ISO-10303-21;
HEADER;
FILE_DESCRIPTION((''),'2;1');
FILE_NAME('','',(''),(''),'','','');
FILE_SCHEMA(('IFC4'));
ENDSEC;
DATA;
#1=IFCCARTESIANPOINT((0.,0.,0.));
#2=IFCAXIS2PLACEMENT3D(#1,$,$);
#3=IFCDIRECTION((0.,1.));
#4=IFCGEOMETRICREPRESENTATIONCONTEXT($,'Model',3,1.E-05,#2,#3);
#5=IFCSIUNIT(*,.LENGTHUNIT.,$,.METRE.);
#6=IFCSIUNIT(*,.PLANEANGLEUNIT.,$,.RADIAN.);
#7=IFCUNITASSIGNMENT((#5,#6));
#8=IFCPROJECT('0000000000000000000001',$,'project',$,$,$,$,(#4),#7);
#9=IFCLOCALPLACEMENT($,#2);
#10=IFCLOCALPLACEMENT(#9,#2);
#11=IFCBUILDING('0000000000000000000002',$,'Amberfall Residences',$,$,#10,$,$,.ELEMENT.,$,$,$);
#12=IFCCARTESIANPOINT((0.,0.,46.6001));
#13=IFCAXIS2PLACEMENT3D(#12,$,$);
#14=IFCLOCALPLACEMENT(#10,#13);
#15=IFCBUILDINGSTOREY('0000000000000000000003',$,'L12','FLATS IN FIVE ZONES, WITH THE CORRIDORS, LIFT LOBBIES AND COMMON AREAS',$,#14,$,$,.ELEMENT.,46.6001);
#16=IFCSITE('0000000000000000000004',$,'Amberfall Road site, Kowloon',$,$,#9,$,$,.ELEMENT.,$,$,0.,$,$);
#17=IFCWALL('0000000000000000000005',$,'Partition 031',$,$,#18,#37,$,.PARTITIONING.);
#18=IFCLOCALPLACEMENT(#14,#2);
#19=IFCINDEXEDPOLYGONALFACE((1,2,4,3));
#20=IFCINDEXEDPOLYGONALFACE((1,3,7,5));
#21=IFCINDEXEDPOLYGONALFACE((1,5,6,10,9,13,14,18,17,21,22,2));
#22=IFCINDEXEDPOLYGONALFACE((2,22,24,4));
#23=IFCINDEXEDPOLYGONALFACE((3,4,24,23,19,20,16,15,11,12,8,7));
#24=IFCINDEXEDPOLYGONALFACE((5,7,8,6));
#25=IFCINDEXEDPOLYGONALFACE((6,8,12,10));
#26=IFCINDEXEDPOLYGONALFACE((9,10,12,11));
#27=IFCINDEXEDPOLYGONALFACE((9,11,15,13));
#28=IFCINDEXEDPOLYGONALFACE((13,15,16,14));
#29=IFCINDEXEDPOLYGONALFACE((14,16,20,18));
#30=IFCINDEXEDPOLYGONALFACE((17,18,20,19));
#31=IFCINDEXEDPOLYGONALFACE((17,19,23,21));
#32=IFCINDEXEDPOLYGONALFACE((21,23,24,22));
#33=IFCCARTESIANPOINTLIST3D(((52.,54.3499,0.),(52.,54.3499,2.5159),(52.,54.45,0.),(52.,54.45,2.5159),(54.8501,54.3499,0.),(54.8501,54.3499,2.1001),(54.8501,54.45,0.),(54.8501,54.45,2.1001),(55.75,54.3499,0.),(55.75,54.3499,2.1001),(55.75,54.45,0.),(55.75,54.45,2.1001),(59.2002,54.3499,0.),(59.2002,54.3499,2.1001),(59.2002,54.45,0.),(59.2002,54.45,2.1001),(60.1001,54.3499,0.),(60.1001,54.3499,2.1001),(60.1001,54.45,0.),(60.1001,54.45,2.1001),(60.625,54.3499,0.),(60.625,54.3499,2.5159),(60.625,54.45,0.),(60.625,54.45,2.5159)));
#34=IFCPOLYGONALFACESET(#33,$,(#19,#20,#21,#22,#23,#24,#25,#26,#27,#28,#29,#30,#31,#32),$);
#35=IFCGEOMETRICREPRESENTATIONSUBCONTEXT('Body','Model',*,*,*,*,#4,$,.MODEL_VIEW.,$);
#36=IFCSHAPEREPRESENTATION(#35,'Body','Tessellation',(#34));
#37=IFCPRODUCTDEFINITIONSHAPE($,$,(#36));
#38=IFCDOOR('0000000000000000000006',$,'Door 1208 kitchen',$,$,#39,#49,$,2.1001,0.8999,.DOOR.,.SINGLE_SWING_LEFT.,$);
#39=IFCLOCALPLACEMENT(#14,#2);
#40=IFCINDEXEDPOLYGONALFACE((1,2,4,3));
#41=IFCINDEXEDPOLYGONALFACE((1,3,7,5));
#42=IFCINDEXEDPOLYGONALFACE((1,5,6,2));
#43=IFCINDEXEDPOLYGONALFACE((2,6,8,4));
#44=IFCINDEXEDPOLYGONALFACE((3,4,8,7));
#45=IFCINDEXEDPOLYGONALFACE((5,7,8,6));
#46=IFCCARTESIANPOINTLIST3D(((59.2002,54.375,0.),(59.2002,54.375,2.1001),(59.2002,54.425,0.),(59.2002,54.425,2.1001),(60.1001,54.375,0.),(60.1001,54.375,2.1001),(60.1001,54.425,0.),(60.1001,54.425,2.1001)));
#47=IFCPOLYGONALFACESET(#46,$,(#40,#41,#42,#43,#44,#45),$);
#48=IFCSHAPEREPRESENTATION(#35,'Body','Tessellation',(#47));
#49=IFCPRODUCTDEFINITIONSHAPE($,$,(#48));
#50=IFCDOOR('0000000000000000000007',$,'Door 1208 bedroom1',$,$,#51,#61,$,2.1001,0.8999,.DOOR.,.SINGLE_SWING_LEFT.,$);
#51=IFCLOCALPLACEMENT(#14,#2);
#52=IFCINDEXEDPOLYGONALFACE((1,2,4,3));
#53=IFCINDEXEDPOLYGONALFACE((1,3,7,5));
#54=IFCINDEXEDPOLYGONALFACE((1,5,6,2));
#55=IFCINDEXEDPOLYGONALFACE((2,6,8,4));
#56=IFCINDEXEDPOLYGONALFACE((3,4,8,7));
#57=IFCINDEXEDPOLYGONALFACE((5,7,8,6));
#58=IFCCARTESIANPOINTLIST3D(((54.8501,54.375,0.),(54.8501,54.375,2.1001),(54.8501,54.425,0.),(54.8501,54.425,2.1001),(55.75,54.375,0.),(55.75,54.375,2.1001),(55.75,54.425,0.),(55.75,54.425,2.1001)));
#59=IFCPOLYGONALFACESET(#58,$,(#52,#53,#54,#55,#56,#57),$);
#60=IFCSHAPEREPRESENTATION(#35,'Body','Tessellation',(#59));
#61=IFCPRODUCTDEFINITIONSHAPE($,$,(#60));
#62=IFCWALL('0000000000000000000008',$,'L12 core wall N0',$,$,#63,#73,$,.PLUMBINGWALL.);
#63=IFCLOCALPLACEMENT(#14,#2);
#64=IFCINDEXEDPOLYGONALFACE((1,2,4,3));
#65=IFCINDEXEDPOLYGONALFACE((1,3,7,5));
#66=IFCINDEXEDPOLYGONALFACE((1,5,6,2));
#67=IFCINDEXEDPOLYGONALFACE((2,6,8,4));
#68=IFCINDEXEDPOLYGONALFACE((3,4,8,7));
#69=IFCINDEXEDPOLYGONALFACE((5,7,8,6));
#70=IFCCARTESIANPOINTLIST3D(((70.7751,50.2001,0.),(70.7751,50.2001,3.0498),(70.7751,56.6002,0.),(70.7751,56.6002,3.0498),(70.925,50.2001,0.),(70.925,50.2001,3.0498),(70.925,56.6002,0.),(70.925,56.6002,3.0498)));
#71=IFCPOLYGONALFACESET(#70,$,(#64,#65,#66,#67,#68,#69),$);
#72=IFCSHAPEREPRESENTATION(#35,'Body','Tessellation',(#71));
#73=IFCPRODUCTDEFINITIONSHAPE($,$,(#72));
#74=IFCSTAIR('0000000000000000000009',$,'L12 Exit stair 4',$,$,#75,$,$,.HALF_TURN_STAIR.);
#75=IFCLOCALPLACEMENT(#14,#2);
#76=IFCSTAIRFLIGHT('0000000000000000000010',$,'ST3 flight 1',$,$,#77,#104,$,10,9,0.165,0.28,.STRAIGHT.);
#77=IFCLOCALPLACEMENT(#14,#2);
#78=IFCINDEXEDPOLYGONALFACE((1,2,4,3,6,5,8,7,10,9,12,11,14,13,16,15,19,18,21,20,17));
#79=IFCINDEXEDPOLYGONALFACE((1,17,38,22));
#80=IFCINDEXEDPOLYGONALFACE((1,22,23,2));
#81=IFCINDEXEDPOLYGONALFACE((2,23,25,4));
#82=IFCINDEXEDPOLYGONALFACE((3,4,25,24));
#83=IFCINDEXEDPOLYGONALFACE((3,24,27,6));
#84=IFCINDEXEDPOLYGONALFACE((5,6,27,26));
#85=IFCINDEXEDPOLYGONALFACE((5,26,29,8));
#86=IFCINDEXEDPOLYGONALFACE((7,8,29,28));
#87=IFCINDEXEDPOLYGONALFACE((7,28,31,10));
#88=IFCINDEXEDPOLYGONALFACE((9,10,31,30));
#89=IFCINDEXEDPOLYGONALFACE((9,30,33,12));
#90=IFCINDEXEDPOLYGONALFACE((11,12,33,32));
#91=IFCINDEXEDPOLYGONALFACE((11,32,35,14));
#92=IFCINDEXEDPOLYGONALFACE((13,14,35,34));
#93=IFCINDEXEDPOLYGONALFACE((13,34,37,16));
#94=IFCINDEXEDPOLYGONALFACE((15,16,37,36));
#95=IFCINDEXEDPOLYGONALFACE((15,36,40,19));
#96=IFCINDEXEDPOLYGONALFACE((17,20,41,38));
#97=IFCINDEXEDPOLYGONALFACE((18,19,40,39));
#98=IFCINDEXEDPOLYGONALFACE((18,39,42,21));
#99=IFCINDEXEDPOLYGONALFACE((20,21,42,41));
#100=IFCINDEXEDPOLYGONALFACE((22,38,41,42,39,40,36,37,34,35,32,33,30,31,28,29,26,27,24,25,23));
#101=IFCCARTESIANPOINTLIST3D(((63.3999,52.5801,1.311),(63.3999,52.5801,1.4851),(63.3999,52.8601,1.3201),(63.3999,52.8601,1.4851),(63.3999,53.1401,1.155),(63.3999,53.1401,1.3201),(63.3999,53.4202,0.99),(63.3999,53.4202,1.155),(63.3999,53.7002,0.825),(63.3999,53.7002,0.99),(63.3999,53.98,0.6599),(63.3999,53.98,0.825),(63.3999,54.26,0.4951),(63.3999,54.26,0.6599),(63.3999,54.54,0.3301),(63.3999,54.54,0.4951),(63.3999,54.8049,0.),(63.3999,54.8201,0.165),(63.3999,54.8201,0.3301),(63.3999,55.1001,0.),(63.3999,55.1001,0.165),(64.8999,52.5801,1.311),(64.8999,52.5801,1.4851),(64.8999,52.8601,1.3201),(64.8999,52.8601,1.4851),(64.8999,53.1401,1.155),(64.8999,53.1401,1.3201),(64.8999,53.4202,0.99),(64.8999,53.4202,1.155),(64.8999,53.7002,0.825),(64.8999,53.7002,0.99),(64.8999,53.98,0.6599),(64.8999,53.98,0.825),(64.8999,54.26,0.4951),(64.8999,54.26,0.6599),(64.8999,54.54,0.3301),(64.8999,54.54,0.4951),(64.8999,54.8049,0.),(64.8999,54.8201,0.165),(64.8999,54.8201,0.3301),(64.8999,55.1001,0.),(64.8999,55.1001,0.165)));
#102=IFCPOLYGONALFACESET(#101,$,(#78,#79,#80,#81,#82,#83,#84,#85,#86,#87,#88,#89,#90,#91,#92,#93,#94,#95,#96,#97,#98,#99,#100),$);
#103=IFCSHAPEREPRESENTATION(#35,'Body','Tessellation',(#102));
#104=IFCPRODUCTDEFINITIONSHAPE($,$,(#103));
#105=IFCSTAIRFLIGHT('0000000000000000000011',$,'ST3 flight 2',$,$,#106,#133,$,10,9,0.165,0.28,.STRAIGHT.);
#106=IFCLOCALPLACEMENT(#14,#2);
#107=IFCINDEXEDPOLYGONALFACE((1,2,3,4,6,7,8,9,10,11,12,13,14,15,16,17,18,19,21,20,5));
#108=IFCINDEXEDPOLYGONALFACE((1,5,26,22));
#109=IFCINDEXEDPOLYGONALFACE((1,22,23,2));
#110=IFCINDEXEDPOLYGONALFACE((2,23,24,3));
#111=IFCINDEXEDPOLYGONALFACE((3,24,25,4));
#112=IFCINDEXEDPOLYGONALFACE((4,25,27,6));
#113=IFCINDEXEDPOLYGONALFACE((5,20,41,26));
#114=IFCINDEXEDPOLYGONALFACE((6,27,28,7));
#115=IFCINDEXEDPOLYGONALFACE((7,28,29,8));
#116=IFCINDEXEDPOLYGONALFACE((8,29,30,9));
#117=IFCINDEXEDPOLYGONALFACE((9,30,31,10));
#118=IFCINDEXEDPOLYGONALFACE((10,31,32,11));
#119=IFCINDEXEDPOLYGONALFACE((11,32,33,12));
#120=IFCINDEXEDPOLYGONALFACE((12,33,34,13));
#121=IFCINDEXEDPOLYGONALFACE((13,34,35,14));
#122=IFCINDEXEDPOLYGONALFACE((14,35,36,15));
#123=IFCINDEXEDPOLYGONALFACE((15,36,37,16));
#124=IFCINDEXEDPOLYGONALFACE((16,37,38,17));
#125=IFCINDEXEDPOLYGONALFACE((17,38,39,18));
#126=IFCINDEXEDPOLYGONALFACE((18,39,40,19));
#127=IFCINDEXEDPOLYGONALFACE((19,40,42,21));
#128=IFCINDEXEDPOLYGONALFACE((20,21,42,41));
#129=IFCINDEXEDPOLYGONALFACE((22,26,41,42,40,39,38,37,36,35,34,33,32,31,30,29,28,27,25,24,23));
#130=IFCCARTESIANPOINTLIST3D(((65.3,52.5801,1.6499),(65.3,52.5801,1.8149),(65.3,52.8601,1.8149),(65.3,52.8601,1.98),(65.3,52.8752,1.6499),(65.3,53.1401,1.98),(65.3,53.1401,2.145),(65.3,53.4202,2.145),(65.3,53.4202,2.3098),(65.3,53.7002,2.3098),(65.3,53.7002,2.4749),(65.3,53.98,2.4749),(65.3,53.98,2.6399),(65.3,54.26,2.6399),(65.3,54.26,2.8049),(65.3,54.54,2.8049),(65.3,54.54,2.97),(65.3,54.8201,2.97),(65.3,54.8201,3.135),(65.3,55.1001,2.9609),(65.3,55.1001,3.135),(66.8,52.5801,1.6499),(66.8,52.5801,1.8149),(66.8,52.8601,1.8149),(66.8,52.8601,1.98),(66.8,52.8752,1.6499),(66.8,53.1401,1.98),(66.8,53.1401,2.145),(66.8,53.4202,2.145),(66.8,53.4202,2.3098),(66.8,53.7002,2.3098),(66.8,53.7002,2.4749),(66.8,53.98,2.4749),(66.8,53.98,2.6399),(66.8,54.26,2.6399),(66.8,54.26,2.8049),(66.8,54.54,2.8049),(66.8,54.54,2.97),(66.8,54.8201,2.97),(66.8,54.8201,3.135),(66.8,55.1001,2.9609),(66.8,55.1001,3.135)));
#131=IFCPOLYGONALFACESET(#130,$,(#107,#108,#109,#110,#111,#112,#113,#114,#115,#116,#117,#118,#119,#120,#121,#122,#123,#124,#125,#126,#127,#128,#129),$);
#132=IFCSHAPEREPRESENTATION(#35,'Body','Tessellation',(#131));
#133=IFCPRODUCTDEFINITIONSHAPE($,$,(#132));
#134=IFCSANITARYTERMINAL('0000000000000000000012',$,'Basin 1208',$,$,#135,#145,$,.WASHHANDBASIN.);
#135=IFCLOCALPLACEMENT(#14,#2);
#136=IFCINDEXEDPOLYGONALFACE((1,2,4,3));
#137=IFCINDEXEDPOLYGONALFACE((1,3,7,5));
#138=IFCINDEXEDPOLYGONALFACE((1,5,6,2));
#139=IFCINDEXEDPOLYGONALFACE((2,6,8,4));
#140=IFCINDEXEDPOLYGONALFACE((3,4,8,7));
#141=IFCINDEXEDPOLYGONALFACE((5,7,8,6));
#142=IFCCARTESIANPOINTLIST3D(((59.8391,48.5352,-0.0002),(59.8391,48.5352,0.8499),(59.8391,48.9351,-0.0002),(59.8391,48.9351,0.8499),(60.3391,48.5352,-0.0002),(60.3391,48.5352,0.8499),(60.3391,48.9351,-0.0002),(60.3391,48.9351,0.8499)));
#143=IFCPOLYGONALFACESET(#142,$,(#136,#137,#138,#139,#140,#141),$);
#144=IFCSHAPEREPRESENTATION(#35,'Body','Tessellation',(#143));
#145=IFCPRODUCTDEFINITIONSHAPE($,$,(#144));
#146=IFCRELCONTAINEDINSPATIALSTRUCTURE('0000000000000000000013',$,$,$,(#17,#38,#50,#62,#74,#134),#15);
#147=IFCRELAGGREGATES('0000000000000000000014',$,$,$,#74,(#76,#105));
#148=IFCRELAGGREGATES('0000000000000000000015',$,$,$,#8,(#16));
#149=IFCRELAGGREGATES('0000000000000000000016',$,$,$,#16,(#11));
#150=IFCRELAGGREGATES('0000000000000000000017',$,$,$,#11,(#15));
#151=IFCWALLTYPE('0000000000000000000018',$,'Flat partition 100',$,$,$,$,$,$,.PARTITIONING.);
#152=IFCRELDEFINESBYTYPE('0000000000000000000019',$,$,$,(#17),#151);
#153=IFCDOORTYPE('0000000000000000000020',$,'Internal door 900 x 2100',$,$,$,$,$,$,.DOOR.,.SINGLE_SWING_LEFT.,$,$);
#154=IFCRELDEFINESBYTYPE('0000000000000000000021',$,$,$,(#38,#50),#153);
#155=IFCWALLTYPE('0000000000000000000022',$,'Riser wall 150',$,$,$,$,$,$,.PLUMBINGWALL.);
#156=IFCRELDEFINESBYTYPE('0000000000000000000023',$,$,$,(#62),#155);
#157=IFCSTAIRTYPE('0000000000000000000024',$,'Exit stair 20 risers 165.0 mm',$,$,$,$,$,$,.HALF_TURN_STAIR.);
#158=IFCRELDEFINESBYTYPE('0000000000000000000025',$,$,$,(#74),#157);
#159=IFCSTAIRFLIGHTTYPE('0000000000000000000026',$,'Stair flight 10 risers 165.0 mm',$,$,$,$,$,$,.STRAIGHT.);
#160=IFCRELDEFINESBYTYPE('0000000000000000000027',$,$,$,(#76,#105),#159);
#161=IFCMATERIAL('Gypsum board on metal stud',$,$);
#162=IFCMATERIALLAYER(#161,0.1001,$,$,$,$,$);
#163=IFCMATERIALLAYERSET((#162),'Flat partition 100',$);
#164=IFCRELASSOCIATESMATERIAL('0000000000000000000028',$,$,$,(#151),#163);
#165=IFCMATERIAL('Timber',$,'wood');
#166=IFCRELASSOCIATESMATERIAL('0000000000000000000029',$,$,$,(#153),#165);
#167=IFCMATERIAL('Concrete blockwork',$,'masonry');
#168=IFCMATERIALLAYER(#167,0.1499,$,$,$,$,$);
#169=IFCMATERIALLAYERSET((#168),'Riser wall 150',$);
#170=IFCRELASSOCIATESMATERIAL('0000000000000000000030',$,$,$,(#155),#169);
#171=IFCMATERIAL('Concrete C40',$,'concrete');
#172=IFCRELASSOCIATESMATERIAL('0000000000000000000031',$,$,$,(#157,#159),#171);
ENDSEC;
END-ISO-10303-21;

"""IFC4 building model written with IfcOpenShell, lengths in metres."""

from ifc_helpers import new_model, si_unit, direction, frame, frame_2d, origin, origin_2d, place, context, subcontext, project, spatial, polyline, rectangle, outline, extrude, material, layer, layer_set, type_object, element, fill, aggregate, save


model = new_model("IFC4")

# Units and contexts
model_context = context("Model", 3, precision=1e-05, world=origin(), true_north=direction((0.0, 1.0)))
body_context = subcontext(model_context, "Body", "Model", "MODEL_VIEW")
ifc_project = project(units=[si_unit("LENGTHUNIT", "METRE"), si_unit("PLANEANGLEUNIT", "RADIAN")], contexts=[model_context])

# Site, building, storey
site_placement = place(None, origin())
site = spatial("IfcSite", under=ifc_project, at=site_placement, Name="Amberfall Road site, Kowloon", CompositionType="ELEMENT", RefElevation=0.0)
building_placement = place(site_placement, origin())
building = spatial("IfcBuilding", under=site, at=building_placement, Name="Amberfall Residences", CompositionType="ELEMENT")
storey_placement = place(building_placement, frame((0.0, 0.0, 46.6001)))
storey = spatial("IfcBuildingStorey", under=building, at=storey_placement, Name="L12", Description="FLATS IN FIVE ZONES, WITH THE CORRIDORS, LIFT LOBBIES AND COMMON AREAS", CompositionType="ELEMENT", Elevation=46.6001)

# Wall, openings, doors
ifc_material_1 = material(Name="Gypsum board on metal stud")
ifc_layer_1 = layer(ifc_material_1, 0.1001)
ifc_layer_set_1 = layer_set([ifc_layer_1], Name="Flat partition 100")
wall_type_1 = type_object("IfcWallType", Name="Flat partition 100", PredefinedType="PARTITIONING", material=ifc_layer_set_1)
wall_1_placement = place(storey_placement, frame((60.625, 54.3999, 0.0), z_axis=(0.0, 0.0, 1.0), x_axis=(-1.0, 0.0, 0.0)))
wall_1 = element("IfcWall", 1, at=wall_1_placement, inside=storey, type_object=wall_type_1, Name="Partition 031", PredefinedType="PARTITIONING", context=body_context, shape_type="SweptSolid", body=[
    extrude(rectangle(XDim=8.625, YDim=0.1001, at=frame_2d((4.3125, 0.0))), origin(), (0.0, 0.0, 1.0), 2.5159),
])
opening_1_placement = place(wall_1_placement, frame((0.5249, 0.0, 0.0)))
opening_1 = element("IfcOpeningElement", 2, at=opening_1_placement, cuts=wall_1, PredefinedType="OPENING", context=body_context, shape_type="SweptSolid", body=[
    extrude(rectangle(XDim=0.8999, YDim=2.1001, at=frame_2d((0.45, 1.05))), frame((0.0, 0.0601, 0.0), z_axis=(0.0, -1.0, 0.0), x_axis=(1.0, 0.0, 0.0)), (0.0, 0.0, 1.0), 0.1201),
])
opening_2_placement = place(wall_1_placement, frame((4.875, 0.0, 0.0)))
opening_2 = element("IfcOpeningElement", 3, at=opening_2_placement, cuts=wall_1, PredefinedType="OPENING", context=body_context, shape_type="SweptSolid", body=[
    extrude(rectangle(XDim=0.8999, YDim=2.1001, at=frame_2d((0.45, 1.05))), frame((0.0, 0.0601, 0.0), z_axis=(0.0, -1.0, 0.0), x_axis=(1.0, 0.0, 0.0)), (0.0, 0.0, 1.0), 0.1201),
])
ifc_material_2 = material(Name="Timber", Category="wood")
door_type_1 = type_object("IfcDoorType", Name="Internal door 900 x 2100", OperationType="SINGLE_SWING_LEFT", PredefinedType="DOOR", material=ifc_material_2)
door_1_placement = place(opening_1_placement, origin())
door_1 = element("IfcDoor", 4, at=door_1_placement, inside=storey, type_object=door_type_1, Name="Door 1208 kitchen", OperationType="SINGLE_SWING_LEFT", OverallHeight=2.1001, OverallWidth=0.8999, PredefinedType="DOOR", context=body_context, shape_type="SweptSolid", body=[
    extrude(rectangle(XDim=0.8999, YDim=2.1001, at=frame_2d((0.45, 1.05))), frame((0.0, 0.0249, 0.0), z_axis=(0.0, -1.0, 0.0), x_axis=(1.0, 0.0, 0.0)), (0.0, 0.0, 1.0), 0.05),
])
fill(opening_1, door_1)
door_2_placement = place(opening_2_placement, origin())
door_2 = element("IfcDoor", 5, at=door_2_placement, inside=storey, type_object=door_type_1, Name="Door 1208 bedroom1", OperationType="SINGLE_SWING_LEFT", OverallHeight=2.1001, OverallWidth=0.8999, PredefinedType="DOOR", context=body_context, shape_type="SweptSolid", body=[
    extrude(rectangle(XDim=0.8999, YDim=2.1001, at=frame_2d((0.45, 1.05))), frame((0.0, 0.0249, 0.0), z_axis=(0.0, -1.0, 0.0), x_axis=(1.0, 0.0, 0.0)), (0.0, 0.0, 1.0), 0.05),
])
fill(opening_2, door_2)

# Wall
ifc_material_3 = material(Name="Concrete blockwork", Category="masonry")
ifc_layer_2 = layer(ifc_material_3, 0.1499)
ifc_layer_set_2 = layer_set([ifc_layer_2], Name="Riser wall 150")
wall_type_2 = type_object("IfcWallType", Name="Riser wall 150", PredefinedType="PLUMBINGWALL", material=ifc_layer_set_2)
wall_2_placement = place(storey_placement, frame((70.8501, 50.2, 0.0), z_axis=(0.0, 0.0, 1.0), x_axis=(0.0, 1.0, 0.0)))
element("IfcWall", 6, at=wall_2_placement, inside=storey, type_object=wall_type_2, Name="L12 core wall N0", PredefinedType="PLUMBINGWALL", context=body_context, shape_type="SweptSolid", body=[
    extrude(rectangle(XDim=6.4001, YDim=0.1499, at=frame_2d((3.2002, 0.0))), origin(), (0.0, 0.0, 1.0), 3.0498),
])

# Stair, stair flights
ifc_material_4 = material(Name="Concrete C40", Category="concrete")
stair_type = type_object("IfcStairType", Name="Exit stair 20 risers 165.0 mm", PredefinedType="HALF_TURN_STAIR", material=ifc_material_4)
stair_placement = place(storey_placement, origin())
stair = element("IfcStair", 7, at=stair_placement, inside=storey, type_object=stair_type, Name="L12 Exit stair 4", PredefinedType="HALF_TURN_STAIR")
stair_flight_type = type_object("IfcStairFlightType", Name="Stair flight 10 risers 165.0 mm", PredefinedType="STRAIGHT", material=ifc_material_4)
stair_flight_1_placement = place(storey_placement, frame((64.1499, 55.1001, 0.0), z_axis=(0.0, 0.0, 1.0), x_axis=(0.0, -1.0, 0.0)))
stair_flight_1 = element("IfcStairFlight", 8, at=stair_flight_1_placement, type_object=stair_flight_type, Name="ST3 flight 1", NumberOfRisers=10, NumberOfTreads=9, PredefinedType="STRAIGHT", RiserHeight=0.165, TreadLength=0.28, context=body_context, shape_type="SweptSolid", body=[
    extrude(outline(polyline([(0.0, 0.0), (0.0, 0.165), (0.28, 0.165), (0.28, 0.3301), (0.5601, 0.3301), (0.5601, 0.4951), (0.8401, 0.4951), (0.8401, 0.6599), (1.1201, 0.6599), (1.1201, 0.825), (1.3999, 0.825), (1.3999, 0.99), (1.6799, 0.99), (1.6799, 1.155), (1.96, 1.155), (1.96, 1.3201), (2.24, 1.3201), (2.24, 1.4851), (2.52, 1.4851), (2.52, 1.6499), (2.52, 1.311), (0.2952, 0.0), (0.0, 0.0)])), frame((0.0, 0.75, 0.0), z_axis=(0.0, -1.0, 0.0), x_axis=(1.0, 0.0, 0.0)), (0.0, 0.0, 1.0), 1.5),
])
stair_flight_2_placement = place(storey_placement, frame((66.05, 52.5801, 1.6499), z_axis=(0.0, 0.0, 1.0), x_axis=(0.0, 1.0, 0.0)))
stair_flight_2 = element("IfcStairFlight", 9, at=stair_flight_2_placement, type_object=stair_flight_type, Name="ST3 flight 2", NumberOfRisers=10, NumberOfTreads=9, PredefinedType="STRAIGHT", RiserHeight=0.165, TreadLength=0.28, context=body_context, shape_type="SweptSolid", body=[
    extrude(outline(polyline([(0.0, 0.0), (0.0, 0.165), (0.28, 0.165), (0.28, 0.3301), (0.5601, 0.3301), (0.5601, 0.4951), (0.8401, 0.4951), (0.8401, 0.6599), (1.1201, 0.6599), (1.1201, 0.825), (1.3999, 0.825), (1.3999, 0.99), (1.6799, 0.99), (1.6799, 1.155), (1.96, 1.155), (1.96, 1.3201), (2.24, 1.3201), (2.24, 1.4851), (2.52, 1.4851), (2.52, 1.6499), (2.52, 1.311), (0.2952, 0.0), (0.0, 0.0)])), frame((0.0, 0.75, 0.0), z_axis=(0.0, -1.0, 0.0), x_axis=(1.0, 0.0, 0.0)), (0.0, 0.0, 1.0), 1.5),
])
aggregate(stair, [stair_flight_1, stair_flight_2])

# Sanitary terminal
sanitary_terminal_placement = place(storey_placement, frame((60.0891, 48.7351, -0.0002), z_axis=(0.0, 0.0, 1.0), x_axis=(1.0, 0.0, 0.0)))
element("IfcSanitaryTerminal", 10, at=sanitary_terminal_placement, inside=storey, Name="Basin 1208", PredefinedType="WASHHANDBASIN", context=body_context, shape_type="SweptSolid", body=[
    extrude(rectangle(XDim=0.5, YDim=0.3999, at=origin_2d()), origin(), (0.0, 0.0, 1.0), 0.8501),
])

save(model, "model.ifc")
